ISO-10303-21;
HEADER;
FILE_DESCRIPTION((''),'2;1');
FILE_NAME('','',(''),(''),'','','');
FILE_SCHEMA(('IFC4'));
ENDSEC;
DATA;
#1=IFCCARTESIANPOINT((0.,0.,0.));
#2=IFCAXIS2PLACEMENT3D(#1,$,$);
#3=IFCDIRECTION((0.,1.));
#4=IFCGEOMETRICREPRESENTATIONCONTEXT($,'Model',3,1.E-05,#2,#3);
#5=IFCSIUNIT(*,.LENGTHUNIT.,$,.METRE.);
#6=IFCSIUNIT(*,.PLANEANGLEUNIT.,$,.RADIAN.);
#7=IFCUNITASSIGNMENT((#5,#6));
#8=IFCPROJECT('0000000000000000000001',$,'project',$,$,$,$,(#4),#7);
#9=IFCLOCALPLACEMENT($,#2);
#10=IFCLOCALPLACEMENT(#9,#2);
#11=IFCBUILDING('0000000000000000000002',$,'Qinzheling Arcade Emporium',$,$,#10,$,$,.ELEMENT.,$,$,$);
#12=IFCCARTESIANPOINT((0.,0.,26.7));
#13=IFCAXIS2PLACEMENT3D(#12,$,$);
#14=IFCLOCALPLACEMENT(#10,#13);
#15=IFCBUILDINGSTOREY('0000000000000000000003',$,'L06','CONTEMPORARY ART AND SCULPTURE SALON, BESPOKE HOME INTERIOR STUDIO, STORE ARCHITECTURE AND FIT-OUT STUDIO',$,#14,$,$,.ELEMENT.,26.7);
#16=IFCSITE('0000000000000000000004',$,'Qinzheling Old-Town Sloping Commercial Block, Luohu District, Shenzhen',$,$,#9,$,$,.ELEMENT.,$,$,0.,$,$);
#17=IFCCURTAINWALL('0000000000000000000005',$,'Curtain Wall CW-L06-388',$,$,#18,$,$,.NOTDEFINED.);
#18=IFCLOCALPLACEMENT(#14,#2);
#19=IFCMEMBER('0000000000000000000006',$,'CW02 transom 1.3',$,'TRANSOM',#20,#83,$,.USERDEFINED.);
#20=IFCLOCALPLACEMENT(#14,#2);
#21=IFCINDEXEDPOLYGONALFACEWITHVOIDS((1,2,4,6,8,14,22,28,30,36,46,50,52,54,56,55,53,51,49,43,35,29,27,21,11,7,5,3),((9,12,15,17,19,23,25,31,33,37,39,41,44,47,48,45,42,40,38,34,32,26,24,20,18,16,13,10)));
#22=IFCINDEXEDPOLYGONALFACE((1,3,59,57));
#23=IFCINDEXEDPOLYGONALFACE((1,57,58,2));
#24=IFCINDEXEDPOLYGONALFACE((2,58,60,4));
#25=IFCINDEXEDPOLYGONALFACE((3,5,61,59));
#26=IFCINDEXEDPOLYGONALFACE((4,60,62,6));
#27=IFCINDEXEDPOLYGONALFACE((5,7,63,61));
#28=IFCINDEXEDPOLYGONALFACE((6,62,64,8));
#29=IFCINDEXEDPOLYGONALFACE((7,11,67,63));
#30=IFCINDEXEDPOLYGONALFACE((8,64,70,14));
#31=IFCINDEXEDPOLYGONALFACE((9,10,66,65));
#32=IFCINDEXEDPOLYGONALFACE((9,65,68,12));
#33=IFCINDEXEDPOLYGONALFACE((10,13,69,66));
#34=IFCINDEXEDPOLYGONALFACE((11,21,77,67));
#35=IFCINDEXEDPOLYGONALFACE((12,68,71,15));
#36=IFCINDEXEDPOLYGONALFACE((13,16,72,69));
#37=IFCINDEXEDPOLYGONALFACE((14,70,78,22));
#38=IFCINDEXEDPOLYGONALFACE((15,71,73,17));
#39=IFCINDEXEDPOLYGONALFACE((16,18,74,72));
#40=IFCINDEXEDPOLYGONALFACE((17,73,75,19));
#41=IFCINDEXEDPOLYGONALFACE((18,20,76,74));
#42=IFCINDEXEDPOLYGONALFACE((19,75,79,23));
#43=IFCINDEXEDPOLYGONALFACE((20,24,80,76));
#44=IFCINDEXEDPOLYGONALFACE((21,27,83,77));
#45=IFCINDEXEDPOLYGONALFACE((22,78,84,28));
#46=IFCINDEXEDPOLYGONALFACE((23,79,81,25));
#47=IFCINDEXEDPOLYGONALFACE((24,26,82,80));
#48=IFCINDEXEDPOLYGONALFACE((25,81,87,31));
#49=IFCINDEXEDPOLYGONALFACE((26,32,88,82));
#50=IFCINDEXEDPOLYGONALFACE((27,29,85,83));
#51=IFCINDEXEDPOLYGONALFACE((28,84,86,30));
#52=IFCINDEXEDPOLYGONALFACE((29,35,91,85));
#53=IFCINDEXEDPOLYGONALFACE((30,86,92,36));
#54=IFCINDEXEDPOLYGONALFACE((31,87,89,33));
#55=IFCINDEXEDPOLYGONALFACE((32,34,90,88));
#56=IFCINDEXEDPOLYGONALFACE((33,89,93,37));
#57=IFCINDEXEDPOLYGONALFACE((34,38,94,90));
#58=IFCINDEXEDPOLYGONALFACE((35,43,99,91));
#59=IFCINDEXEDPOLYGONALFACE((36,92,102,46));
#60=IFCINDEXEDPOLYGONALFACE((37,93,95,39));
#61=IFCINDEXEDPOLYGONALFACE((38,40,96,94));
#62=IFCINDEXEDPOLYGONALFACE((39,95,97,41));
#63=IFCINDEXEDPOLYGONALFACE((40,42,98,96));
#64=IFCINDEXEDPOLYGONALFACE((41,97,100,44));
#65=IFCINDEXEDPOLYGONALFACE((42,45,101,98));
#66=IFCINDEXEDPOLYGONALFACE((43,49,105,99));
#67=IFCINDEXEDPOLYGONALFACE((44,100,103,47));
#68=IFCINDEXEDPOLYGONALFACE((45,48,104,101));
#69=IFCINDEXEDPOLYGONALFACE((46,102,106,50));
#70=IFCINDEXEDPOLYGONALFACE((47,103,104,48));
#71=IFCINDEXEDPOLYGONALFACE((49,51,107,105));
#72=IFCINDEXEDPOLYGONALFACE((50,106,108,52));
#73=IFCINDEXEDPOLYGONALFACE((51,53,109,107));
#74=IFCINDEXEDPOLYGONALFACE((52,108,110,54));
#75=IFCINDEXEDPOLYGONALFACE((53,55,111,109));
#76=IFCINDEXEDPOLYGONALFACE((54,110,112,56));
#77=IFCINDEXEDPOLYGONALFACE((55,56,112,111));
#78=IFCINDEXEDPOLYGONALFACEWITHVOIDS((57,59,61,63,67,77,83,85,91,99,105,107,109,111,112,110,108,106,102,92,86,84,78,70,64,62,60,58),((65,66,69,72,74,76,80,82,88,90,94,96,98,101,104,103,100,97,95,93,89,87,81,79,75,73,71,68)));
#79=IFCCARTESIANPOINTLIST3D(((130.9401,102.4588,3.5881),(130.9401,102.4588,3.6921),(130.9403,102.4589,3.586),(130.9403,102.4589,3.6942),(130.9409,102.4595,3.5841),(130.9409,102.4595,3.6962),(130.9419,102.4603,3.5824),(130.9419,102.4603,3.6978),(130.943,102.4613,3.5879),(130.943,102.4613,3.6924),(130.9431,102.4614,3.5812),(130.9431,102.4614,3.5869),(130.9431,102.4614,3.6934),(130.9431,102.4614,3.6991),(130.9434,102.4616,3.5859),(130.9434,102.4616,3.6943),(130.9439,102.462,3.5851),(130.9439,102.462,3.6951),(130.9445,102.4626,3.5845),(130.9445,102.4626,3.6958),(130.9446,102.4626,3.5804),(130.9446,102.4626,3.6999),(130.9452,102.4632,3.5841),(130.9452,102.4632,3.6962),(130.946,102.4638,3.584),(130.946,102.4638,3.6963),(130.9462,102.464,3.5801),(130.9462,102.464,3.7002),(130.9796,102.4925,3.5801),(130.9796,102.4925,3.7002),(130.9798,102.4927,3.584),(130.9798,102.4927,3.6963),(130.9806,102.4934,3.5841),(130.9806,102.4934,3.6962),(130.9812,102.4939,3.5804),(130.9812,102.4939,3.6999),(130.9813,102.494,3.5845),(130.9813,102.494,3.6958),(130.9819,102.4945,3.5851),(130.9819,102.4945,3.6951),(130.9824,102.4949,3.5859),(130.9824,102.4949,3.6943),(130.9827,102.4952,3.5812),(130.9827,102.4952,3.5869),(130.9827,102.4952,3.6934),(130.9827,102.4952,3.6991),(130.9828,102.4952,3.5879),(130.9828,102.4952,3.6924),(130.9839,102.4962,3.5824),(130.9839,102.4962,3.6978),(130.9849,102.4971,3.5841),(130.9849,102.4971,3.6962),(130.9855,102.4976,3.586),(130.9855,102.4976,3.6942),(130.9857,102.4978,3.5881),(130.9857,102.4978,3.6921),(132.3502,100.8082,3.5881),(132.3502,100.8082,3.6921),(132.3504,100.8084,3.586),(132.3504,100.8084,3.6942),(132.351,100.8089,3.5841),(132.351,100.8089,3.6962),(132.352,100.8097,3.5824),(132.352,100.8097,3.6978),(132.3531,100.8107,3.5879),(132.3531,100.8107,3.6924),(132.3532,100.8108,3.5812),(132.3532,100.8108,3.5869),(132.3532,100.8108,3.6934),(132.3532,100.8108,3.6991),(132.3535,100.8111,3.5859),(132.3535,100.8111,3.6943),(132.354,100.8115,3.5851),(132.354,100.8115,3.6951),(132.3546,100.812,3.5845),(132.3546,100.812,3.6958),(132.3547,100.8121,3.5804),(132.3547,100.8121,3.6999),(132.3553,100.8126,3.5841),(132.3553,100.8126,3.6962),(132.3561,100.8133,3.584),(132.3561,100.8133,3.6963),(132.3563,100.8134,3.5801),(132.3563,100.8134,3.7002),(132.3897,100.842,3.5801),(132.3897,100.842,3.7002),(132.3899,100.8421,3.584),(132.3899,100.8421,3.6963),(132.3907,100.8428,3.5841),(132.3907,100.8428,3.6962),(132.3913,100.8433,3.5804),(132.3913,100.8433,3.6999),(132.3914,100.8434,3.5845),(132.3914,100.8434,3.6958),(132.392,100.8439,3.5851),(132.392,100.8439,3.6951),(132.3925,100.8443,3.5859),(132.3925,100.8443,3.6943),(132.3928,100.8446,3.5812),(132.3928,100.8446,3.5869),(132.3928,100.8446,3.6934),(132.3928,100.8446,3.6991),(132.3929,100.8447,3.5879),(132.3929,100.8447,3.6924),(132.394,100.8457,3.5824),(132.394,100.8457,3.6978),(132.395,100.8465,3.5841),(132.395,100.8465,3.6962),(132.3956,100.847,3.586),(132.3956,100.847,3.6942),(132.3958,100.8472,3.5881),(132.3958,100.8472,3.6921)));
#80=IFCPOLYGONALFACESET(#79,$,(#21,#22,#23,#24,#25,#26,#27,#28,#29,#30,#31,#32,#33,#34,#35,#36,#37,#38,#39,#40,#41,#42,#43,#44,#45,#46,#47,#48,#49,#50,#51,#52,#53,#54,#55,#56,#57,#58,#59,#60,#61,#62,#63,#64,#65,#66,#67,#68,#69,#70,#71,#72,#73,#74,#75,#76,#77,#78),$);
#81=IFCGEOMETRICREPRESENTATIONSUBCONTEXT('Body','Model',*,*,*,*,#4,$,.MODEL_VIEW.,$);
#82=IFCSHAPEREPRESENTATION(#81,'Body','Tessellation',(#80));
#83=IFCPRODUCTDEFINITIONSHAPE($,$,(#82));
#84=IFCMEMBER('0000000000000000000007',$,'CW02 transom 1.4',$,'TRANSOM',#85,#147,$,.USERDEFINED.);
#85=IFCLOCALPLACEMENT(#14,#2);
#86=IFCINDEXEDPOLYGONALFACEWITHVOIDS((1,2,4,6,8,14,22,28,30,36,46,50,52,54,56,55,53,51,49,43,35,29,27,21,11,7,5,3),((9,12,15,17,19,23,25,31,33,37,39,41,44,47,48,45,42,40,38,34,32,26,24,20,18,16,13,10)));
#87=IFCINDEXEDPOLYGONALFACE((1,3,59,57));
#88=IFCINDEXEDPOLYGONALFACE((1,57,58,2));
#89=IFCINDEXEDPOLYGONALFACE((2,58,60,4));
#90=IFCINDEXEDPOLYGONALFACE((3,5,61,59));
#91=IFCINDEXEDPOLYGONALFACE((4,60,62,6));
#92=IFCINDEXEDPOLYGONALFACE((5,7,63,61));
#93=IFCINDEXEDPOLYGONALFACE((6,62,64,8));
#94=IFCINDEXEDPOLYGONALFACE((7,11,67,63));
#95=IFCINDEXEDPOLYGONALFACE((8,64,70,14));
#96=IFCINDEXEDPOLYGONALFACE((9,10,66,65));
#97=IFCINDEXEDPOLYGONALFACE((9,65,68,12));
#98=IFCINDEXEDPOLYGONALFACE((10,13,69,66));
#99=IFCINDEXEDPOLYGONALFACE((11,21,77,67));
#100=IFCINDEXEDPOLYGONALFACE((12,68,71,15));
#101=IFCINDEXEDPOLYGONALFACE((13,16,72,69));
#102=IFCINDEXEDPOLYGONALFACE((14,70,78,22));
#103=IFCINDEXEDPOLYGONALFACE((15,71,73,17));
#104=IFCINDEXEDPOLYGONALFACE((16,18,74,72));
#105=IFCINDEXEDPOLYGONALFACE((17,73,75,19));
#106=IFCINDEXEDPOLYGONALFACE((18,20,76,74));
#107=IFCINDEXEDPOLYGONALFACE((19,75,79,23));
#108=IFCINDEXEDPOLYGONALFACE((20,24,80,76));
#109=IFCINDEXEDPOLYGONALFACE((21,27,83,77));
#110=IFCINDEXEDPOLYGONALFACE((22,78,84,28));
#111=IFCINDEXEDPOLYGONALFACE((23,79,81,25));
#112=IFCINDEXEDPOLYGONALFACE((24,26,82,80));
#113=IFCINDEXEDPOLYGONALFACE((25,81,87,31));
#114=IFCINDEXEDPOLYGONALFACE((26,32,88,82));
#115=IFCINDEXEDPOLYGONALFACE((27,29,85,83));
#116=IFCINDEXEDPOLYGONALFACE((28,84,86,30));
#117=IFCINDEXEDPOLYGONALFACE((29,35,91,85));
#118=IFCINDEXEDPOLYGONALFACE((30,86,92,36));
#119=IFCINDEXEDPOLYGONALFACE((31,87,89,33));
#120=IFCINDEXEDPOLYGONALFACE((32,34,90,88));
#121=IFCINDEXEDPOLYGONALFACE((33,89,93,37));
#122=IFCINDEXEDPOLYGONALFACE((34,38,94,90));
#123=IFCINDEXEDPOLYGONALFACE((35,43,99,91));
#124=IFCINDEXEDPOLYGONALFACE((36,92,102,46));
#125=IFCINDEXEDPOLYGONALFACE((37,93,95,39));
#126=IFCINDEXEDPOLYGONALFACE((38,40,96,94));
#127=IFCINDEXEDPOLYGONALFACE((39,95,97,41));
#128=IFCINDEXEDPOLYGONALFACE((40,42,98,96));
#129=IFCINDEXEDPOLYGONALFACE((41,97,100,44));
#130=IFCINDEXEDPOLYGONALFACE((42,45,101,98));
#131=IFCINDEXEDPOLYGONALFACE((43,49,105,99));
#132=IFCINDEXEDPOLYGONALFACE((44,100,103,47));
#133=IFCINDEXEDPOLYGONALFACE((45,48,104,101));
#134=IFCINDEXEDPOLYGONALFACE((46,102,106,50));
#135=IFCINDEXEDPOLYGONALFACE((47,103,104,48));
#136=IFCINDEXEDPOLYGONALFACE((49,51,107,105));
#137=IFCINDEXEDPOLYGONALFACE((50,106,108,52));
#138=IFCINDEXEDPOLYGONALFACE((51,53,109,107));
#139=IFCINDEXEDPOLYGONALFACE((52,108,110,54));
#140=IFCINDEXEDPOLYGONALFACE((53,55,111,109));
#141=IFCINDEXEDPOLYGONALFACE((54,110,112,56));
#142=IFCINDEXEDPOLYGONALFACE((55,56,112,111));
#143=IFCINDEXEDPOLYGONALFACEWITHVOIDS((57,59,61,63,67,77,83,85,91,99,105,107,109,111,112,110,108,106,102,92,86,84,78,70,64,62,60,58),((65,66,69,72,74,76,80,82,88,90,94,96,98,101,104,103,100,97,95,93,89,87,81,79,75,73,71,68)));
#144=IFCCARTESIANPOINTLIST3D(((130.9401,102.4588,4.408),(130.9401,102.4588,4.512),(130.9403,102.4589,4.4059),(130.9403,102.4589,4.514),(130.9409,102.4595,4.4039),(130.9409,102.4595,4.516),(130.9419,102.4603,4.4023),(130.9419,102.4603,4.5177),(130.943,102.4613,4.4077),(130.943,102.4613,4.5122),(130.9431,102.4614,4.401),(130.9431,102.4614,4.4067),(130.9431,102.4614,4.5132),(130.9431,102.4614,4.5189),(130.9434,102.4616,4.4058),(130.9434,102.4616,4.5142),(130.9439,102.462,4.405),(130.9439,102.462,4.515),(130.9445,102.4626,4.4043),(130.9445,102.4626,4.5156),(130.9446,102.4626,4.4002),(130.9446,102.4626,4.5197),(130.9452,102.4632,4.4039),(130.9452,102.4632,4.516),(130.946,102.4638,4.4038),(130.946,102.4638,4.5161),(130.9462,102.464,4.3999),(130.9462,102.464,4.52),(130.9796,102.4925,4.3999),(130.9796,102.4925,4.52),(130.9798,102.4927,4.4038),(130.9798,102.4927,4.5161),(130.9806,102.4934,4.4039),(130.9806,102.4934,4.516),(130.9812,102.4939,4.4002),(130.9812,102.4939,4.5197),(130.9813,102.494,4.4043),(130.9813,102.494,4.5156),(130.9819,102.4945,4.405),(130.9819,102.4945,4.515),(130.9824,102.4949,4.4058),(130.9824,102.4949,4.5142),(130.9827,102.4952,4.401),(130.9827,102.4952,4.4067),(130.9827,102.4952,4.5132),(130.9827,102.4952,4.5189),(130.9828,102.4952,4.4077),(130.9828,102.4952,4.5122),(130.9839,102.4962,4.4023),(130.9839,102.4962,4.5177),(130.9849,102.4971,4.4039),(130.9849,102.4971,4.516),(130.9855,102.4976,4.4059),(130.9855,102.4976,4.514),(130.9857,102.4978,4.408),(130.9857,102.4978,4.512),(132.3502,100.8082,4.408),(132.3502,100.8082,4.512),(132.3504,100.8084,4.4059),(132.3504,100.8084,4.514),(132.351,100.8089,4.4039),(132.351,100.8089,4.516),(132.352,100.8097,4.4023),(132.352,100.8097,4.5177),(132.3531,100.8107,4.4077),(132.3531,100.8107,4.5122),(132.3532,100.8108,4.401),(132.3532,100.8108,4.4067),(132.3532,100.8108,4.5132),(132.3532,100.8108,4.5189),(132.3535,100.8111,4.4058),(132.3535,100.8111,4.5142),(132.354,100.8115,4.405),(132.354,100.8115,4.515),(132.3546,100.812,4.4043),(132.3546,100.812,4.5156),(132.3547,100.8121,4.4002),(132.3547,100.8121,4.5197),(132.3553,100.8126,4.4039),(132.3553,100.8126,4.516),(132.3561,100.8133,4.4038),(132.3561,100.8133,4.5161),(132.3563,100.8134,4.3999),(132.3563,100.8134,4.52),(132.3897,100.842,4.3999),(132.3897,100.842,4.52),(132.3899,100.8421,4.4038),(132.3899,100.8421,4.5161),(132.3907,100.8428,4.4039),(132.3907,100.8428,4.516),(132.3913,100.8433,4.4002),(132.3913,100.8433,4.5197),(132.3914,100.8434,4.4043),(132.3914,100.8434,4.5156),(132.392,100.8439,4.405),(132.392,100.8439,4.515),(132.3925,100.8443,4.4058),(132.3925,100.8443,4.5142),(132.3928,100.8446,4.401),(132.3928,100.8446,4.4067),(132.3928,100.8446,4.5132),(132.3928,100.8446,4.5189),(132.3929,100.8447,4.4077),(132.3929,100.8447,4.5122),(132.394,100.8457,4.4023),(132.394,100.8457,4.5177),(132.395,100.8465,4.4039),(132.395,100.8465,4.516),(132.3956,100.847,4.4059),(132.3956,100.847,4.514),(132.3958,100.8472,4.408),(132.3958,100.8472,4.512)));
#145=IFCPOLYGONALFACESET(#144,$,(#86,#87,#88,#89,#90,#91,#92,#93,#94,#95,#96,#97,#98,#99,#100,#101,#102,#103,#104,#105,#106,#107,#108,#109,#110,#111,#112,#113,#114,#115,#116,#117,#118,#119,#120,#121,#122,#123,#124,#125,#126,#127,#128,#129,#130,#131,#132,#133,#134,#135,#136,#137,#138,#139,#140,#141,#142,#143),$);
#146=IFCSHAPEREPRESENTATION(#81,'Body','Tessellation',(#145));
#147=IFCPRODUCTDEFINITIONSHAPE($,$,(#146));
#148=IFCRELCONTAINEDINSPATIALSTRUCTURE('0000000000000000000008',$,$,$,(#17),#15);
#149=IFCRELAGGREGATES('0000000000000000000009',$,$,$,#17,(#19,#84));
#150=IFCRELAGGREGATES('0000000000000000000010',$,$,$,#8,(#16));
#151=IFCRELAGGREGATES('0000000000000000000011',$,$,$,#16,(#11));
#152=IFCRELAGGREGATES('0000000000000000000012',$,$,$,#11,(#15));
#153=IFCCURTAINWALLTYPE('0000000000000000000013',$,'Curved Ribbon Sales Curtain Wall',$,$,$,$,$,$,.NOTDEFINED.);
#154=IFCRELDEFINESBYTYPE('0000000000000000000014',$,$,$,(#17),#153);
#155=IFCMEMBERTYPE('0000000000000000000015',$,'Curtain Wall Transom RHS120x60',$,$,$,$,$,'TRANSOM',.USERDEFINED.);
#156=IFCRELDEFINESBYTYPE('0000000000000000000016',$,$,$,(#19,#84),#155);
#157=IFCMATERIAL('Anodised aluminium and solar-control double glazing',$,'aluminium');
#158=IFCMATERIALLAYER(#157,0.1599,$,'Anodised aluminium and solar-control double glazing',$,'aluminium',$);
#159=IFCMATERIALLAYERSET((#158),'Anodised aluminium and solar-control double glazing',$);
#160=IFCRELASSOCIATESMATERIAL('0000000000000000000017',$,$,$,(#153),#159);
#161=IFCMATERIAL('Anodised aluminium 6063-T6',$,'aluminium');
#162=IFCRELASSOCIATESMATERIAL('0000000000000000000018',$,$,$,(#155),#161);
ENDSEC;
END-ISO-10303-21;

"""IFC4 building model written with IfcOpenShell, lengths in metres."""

from ifc_helpers import new_model, si_unit, direction, frame, origin, origin_2d, place, context, subcontext, project, spatial, hollow_rectangle, extrude, material, layer, layer_set, material_profile, profile_set, type_object, element, aggregate, save


model = new_model("IFC4")

# Units and contexts
model_context = context("Model", 3, precision=1e-05, world=origin(), true_north=direction((0.0, 1.0)))
body_context = subcontext(model_context, "Body", "Model", "MODEL_VIEW")
ifc_project = project(units=[si_unit("LENGTHUNIT", "METRE"), si_unit("PLANEANGLEUNIT", "RADIAN")], contexts=[model_context])

# Site, building, storey
site_placement = place(None, origin())
site = spatial("IfcSite", under=ifc_project, at=site_placement, Name="Qinzheling Old-Town Sloping Commercial Block, Luohu District, Shenzhen", CompositionType="ELEMENT", RefElevation=0.0)
building_placement = place(site_placement, origin())
building = spatial("IfcBuilding", under=site, at=building_placement, Name="Qinzheling Arcade Emporium", CompositionType="ELEMENT")
storey_placement = place(building_placement, frame((0.0, 0.0, 26.7)))
storey = spatial("IfcBuildingStorey", under=building, at=storey_placement, Name="L06", Description="CONTEMPORARY ART AND SCULPTURE SALON, BESPOKE HOME INTERIOR STUDIO, STORE ARCHITECTURE AND FIT-OUT STUDIO", CompositionType="ELEMENT", Elevation=26.7)

# Shared definitions
ifc_material_1 = material(Name="Anodised aluminium and solar-control double glazing", Category="aluminium")
ifc_layer_1 = layer(ifc_material_1, 0.1599, Name="Anodised aluminium and solar-control double glazing", Category="aluminium")
ifc_layer_set_1 = layer_set([ifc_layer_1], Name="Anodised aluminium and solar-control double glazing")
curtain_wall_type = type_object("IfcCurtainWallType", Name="Curved Ribbon Sales Curtain Wall", PredefinedType="NOTDEFINED", material=ifc_layer_set_1)
ifc_material_2 = material(Name="Anodised aluminium 6063-T6", Category="aluminium")

# Curtain wall
curtain_wall_1_placement = place(storey_placement, origin())
curtain_wall_1 = element("IfcCurtainWall", 1, at=curtain_wall_1_placement, inside=storey, type_object=curtain_wall_type, Name="Curtain Wall CW-L06-388", PredefinedType="NOTDEFINED")

# Members
ifc_material_profile_1 = material_profile(ifc_material_2, hollow_rectangle(XDim=0.0601, YDim=0.1201, WallThickness=0.0039, InnerFilletRadius=0.0039, OuterFilletRadius=0.0081, at=origin_2d()), Name="RHS 120x60x4", Category="aluminium")
ifc_profile_set_1 = profile_set([ifc_material_profile_1], Name="Anodised aluminium 6063-T6")
member_type_1 = type_object("IfcMemberType", Name="Curtain Wall Transom RHS120x60", ElementType="TRANSOM", PredefinedType="USERDEFINED", material=ifc_profile_set_1)
member_1_placement = place(storey_placement, frame((130.9629, 102.4783, 3.6401), z_axis=(0.64955, -0.760319, 0.0), x_axis=(0.760319, 0.64955, 0.0)))
member_1 = element("IfcMember", 2, at=member_1_placement, type_object=member_type_1, Name="CW02 transom 1.3", ObjectType="TRANSOM", PredefinedType="USERDEFINED", context=body_context, shape_type="SweptSolid", body=[
    extrude(hollow_rectangle(XDim=0.0601, YDim=0.1201, WallThickness=0.0039, InnerFilletRadius=0.0039, OuterFilletRadius=0.0081, at=origin_2d()), origin(), (0.0, 0.0, 1.0), 2.1709),
])
member_2_placement = place(storey_placement, frame((130.9629, 102.4783, 4.46), z_axis=(0.64955, -0.760319, 0.0), x_axis=(0.760319, 0.64955, 0.0)))
member_2 = element("IfcMember", 3, at=member_2_placement, type_object=member_type_1, Name="CW02 transom 1.4", ObjectType="TRANSOM", PredefinedType="USERDEFINED", context=body_context, shape_type="SweptSolid", body=[
    extrude(hollow_rectangle(XDim=0.0601, YDim=0.1201, WallThickness=0.0039, InnerFilletRadius=0.0039, OuterFilletRadius=0.0081, at=origin_2d()), origin(), (0.0, 0.0, 1.0), 2.1709),
])

aggregate(curtain_wall_1, [member_1, member_2])

save(model, "model.ifc")
